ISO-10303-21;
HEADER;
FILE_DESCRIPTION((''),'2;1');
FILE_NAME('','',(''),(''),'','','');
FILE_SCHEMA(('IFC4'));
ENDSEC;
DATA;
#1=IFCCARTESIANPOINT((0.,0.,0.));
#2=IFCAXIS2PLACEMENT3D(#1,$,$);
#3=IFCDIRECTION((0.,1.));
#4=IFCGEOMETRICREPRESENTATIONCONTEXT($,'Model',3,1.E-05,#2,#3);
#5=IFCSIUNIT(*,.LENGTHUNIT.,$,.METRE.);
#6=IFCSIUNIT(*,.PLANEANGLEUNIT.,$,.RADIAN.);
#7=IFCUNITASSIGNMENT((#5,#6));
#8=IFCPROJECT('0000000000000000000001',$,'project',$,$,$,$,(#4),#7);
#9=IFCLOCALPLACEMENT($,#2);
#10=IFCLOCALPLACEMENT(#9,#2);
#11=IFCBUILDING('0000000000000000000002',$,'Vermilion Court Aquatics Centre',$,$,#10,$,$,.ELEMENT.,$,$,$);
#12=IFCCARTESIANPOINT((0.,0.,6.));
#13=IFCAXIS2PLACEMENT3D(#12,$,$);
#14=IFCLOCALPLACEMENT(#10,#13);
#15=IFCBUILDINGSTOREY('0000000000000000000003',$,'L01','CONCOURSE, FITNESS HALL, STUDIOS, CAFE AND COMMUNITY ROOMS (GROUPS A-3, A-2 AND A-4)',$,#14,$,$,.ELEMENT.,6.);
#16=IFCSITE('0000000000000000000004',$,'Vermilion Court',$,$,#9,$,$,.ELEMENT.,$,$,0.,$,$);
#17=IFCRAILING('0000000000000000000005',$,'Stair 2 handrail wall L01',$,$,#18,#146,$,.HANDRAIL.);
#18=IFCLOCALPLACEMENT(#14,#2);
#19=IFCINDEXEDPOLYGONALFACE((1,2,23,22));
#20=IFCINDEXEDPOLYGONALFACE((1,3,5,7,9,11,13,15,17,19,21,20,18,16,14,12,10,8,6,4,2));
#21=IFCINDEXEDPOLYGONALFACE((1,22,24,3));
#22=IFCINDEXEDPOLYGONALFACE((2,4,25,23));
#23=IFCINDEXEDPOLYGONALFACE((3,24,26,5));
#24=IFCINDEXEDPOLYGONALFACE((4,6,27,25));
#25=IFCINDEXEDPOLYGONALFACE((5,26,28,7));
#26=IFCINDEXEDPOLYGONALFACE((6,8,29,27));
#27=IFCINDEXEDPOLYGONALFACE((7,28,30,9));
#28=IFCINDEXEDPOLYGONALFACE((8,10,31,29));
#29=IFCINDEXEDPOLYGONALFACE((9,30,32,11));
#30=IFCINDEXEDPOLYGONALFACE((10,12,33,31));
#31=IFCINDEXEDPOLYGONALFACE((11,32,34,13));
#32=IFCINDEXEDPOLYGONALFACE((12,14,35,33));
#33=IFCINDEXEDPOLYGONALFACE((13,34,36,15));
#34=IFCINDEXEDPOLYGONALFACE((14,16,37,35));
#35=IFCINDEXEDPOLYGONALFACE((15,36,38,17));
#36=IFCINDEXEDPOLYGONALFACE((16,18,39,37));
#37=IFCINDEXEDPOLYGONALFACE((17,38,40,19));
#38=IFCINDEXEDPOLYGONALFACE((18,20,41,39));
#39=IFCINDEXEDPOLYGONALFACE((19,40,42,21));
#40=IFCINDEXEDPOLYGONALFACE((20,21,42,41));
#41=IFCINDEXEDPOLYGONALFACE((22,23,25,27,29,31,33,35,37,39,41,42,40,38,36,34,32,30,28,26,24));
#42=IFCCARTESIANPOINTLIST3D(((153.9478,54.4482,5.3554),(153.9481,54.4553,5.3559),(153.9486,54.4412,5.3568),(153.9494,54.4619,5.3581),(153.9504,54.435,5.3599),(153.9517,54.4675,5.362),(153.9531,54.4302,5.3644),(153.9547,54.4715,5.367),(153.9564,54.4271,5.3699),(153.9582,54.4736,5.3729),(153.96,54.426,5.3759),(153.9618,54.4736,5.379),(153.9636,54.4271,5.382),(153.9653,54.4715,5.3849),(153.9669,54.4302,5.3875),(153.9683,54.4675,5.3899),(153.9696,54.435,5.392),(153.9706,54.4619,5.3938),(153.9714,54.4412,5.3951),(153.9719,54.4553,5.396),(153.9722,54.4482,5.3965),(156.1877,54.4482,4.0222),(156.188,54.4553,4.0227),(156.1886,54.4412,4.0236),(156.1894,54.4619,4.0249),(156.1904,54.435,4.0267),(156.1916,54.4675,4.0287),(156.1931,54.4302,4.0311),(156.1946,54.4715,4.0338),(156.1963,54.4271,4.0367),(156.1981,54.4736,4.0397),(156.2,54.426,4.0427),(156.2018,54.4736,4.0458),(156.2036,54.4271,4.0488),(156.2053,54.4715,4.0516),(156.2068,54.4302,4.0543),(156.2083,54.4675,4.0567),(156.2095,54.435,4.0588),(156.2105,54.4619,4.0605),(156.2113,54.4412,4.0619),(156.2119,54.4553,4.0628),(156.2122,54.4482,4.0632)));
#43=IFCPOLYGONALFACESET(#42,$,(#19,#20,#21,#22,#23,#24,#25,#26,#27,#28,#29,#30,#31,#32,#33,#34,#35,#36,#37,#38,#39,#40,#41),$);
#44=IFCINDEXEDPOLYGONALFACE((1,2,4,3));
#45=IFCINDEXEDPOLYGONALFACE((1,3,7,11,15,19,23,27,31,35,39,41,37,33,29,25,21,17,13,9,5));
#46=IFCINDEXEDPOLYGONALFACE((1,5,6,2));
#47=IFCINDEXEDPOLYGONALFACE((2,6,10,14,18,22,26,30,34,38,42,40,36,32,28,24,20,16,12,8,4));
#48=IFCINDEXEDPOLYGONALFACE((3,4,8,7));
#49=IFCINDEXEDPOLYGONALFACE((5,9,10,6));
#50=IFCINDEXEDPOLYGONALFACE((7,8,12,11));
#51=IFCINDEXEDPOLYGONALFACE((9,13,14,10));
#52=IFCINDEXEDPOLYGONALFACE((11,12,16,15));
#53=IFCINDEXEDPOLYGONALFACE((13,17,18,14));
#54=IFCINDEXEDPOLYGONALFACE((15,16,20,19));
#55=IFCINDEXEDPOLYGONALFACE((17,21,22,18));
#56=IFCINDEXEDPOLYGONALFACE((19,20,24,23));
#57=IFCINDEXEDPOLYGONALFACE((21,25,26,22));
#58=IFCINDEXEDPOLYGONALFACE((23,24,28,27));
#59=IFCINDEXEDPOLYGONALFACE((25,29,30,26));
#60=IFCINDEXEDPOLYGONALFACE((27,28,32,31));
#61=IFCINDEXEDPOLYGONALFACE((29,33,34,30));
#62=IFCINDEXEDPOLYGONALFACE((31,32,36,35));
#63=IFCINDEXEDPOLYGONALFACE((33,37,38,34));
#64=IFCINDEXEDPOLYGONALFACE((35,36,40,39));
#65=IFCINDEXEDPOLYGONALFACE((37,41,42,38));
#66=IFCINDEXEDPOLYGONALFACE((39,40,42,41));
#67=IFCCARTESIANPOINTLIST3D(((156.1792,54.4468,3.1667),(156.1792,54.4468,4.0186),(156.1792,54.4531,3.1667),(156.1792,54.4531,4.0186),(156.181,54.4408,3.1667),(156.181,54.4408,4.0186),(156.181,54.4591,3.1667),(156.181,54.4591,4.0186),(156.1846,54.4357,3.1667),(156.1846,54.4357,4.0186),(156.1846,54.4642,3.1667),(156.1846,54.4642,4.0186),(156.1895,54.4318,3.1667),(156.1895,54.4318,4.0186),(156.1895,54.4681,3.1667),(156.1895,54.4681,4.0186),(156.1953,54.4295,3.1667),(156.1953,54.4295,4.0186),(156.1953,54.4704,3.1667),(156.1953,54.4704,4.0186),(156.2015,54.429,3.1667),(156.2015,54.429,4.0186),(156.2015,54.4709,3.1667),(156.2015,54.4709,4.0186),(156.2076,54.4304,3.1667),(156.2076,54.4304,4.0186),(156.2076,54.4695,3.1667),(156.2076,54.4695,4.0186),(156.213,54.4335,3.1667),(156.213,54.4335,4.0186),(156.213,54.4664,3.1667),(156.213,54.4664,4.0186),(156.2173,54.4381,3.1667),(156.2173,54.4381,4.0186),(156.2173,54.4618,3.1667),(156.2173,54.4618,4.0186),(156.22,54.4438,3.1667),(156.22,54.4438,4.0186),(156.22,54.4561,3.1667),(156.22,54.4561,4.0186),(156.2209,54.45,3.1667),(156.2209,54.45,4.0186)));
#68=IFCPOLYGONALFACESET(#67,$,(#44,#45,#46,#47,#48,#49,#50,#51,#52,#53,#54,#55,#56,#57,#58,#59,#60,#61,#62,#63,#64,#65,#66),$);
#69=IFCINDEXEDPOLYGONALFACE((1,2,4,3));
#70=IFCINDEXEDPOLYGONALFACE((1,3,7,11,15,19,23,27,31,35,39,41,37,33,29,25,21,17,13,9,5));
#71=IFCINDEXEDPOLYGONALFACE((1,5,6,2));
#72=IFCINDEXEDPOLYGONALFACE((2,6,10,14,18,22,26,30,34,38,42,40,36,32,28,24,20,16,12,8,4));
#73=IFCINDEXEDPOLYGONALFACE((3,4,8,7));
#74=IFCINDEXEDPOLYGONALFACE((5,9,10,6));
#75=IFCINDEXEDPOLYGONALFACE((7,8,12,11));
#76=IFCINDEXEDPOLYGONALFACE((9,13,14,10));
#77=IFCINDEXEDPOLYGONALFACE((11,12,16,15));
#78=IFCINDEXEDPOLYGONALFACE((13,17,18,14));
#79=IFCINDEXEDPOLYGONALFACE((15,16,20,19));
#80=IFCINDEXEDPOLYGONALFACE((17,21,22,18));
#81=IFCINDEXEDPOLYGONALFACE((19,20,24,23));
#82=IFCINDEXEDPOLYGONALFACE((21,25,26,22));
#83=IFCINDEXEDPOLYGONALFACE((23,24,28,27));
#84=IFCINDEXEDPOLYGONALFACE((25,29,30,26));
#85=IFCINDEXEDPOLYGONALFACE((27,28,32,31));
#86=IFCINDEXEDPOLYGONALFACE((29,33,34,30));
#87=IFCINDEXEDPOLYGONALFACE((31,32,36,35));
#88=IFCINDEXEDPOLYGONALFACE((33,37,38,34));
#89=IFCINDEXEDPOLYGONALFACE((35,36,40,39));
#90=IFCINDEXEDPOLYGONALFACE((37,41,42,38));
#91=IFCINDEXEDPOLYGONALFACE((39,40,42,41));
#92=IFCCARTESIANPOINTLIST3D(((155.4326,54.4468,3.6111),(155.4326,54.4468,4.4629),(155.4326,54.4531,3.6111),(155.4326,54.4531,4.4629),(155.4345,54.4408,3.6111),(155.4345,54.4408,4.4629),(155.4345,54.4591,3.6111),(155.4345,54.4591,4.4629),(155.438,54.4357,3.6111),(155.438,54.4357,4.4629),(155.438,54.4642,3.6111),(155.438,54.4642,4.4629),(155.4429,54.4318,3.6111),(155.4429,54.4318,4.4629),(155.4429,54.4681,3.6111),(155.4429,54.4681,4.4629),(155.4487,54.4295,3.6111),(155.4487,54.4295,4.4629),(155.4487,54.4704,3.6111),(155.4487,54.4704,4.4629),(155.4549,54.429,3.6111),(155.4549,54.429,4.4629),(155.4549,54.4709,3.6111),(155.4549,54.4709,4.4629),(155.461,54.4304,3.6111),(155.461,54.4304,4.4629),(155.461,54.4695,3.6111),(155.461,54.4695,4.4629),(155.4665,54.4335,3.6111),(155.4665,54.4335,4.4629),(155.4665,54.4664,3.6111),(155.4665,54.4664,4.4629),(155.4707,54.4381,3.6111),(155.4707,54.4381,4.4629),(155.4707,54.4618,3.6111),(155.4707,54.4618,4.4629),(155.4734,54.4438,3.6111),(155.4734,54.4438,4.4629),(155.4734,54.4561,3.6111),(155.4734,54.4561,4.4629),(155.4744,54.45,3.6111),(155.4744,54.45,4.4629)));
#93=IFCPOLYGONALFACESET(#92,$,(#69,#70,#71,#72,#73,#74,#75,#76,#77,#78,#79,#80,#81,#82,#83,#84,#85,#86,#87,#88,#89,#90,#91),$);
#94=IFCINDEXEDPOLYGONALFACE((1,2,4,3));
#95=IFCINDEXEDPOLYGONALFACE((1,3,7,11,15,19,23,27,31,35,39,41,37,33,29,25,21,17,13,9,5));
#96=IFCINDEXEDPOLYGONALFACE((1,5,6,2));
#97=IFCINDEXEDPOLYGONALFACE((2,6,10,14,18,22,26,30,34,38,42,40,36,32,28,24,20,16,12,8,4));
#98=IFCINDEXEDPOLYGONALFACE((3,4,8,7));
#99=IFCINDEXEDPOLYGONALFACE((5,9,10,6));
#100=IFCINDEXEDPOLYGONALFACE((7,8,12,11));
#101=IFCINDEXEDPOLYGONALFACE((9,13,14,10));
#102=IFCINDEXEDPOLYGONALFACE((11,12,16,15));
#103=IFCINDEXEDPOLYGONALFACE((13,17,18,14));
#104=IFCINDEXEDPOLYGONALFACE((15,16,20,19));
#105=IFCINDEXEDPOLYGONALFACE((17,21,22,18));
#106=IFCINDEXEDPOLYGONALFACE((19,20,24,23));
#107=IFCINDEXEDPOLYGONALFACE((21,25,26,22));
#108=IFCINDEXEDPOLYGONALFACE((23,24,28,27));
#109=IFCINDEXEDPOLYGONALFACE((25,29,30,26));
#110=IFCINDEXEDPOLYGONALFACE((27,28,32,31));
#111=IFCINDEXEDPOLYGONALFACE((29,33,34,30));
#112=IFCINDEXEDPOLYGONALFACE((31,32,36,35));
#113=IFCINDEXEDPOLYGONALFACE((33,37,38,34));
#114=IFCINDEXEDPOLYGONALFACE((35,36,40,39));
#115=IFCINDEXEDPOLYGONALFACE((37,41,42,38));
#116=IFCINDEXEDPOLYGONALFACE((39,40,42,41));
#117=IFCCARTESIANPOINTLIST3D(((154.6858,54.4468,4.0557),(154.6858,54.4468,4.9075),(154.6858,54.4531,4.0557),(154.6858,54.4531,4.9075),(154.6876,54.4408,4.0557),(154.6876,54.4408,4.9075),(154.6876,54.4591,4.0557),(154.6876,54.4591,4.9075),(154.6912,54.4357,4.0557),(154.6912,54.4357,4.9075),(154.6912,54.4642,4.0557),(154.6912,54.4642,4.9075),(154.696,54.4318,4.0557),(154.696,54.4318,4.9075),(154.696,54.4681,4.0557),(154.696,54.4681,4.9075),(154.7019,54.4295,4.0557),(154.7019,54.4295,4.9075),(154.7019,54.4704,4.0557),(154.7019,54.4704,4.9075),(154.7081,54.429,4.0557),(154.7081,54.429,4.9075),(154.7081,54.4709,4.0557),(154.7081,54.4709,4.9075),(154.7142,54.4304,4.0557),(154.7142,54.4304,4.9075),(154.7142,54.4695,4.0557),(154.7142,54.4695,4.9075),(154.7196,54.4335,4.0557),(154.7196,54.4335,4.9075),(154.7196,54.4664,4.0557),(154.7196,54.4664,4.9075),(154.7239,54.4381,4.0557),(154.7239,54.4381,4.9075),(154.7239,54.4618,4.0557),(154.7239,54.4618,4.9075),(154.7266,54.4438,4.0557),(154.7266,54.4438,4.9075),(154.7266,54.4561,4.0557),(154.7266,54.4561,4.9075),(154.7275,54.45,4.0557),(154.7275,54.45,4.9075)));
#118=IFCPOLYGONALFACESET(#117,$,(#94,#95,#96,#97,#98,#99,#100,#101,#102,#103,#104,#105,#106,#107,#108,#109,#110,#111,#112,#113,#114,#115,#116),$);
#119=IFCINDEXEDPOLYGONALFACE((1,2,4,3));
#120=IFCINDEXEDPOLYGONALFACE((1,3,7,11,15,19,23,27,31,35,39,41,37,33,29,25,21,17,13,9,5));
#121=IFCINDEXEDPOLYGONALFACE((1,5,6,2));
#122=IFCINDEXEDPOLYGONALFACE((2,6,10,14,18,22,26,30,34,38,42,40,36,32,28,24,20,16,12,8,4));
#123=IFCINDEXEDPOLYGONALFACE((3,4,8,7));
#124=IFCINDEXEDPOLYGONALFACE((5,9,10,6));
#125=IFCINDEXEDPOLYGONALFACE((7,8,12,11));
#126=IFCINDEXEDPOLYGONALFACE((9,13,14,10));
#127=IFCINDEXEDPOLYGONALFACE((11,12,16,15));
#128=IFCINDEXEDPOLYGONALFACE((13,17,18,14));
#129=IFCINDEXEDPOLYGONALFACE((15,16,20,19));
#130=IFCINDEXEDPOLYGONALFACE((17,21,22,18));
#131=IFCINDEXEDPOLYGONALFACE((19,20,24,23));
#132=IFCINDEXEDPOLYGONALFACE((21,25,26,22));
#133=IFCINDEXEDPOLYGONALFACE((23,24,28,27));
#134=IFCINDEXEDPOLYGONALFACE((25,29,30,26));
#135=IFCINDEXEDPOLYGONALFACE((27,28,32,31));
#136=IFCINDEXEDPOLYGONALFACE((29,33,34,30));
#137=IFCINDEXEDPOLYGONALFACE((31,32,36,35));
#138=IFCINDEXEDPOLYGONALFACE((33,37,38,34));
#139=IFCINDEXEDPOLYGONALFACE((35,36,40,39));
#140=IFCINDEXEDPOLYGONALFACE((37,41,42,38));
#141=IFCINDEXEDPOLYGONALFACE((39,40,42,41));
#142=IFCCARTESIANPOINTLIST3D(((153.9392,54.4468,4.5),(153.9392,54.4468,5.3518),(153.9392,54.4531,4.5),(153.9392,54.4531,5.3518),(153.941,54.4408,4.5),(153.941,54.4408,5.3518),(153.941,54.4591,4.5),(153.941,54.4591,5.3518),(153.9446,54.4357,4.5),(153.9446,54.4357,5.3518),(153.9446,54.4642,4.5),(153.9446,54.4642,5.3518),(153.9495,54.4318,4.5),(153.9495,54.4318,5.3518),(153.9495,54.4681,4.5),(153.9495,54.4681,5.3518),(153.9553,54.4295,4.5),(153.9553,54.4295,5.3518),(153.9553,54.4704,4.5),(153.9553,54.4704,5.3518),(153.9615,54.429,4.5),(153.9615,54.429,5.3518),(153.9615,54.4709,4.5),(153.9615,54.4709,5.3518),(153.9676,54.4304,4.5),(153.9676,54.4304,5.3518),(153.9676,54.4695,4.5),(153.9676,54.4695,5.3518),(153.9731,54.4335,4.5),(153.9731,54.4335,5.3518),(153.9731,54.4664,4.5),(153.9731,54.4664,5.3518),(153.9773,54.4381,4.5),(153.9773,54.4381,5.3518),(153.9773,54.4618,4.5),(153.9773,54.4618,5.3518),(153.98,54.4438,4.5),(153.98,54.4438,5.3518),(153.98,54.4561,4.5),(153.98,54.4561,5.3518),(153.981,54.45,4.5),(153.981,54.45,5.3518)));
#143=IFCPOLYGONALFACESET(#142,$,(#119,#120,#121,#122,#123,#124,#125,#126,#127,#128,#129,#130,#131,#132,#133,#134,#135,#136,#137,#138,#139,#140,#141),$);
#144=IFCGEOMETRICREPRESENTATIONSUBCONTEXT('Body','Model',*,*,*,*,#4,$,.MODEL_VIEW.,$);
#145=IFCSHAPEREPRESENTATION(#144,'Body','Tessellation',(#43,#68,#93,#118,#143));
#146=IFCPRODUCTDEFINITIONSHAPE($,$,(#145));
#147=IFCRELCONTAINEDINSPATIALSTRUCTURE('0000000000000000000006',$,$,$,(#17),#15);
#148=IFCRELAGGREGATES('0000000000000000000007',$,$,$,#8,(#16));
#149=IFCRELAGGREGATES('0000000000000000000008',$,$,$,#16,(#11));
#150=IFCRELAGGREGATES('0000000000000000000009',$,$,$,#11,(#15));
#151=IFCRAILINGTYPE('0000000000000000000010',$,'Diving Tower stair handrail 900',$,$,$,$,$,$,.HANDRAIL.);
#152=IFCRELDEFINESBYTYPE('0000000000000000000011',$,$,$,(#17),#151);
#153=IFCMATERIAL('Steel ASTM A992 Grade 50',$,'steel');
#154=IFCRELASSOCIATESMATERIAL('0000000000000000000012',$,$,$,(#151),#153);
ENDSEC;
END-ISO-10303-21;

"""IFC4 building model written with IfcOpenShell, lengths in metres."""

from ifc_helpers import new_model, si_unit, direction, frame, origin, origin_2d, place, context, subcontext, project, spatial, circle, extrude, material, type_object, element, save


model = new_model("IFC4")

# Units and contexts
model_context = context("Model", 3, precision=1e-05, world=origin(), true_north=direction((0.0, 1.0)))
body_context = subcontext(model_context, "Body", "Model", "MODEL_VIEW")
ifc_project = project(units=[si_unit("LENGTHUNIT", "METRE"), si_unit("PLANEANGLEUNIT", "RADIAN")], contexts=[model_context])

# Site, building, storey
site_placement = place(None, origin())
site = spatial("IfcSite", under=ifc_project, at=site_placement, Name="Vermilion Court", CompositionType="ELEMENT", RefElevation=0.0)
building_placement = place(site_placement, origin())
building = spatial("IfcBuilding", under=site, at=building_placement, Name="Vermilion Court Aquatics Centre", CompositionType="ELEMENT")
storey_placement = place(building_placement, frame((0.0, 0.0, 6.0)))
storey = spatial("IfcBuildingStorey", under=building, at=storey_placement, Name="L01", Description="CONCOURSE, FITNESS HALL, STUDIOS, CAFE AND COMMUNITY ROOMS (GROUPS A-3, A-2 AND A-4)", CompositionType="ELEMENT", Elevation=6.0)

# Railing
ifc_material_1 = material(Name="Steel ASTM A992 Grade 50", Category="steel")
railing_type_1 = type_object("IfcRailingType", Name="Diving Tower stair handrail 900", PredefinedType="HANDRAIL", material=ifc_material_1)
for number, where, name in (
    (1, (156.2, 54.45, 3.1667), "Stair 2 handrail wall L01"),
):
    element("IfcRailing", number, at=place(storey_placement, frame(where)), inside=storey, type_object=railing_type_1, Name=name, PredefinedType="HANDRAIL", context=body_context, shape_type="SweptSolid", body=[
        extrude(circle(Radius=0.0239, at=origin_2d()), frame((0.0, 0.0, 0.876), z_axis=(-0.859306, 0.0, 0.511462), x_axis=(0.0, -1.0, 0.0)), (0.0, 0.0, 1.0), 2.6067),
        extrude(circle(Radius=0.021, at=origin_2d()), origin(), (0.0, 0.0, 1.0), 0.8518),
        extrude(circle(Radius=0.021, at=origin_2d()), frame((-0.7466, 0.0, 0.4443)), (0.0, 0.0, 1.0), 0.8518),
        extrude(circle(Radius=0.021, at=origin_2d()), frame((-1.4934, 0.0, 0.8889)), (0.0, 0.0, 1.0), 0.8518),
        extrude(circle(Radius=0.021, at=origin_2d()), frame((-2.24, 0.0, 1.3333)), (0.0, 0.0, 1.0), 0.8518),
    ])

save(model, "model.ifc")
